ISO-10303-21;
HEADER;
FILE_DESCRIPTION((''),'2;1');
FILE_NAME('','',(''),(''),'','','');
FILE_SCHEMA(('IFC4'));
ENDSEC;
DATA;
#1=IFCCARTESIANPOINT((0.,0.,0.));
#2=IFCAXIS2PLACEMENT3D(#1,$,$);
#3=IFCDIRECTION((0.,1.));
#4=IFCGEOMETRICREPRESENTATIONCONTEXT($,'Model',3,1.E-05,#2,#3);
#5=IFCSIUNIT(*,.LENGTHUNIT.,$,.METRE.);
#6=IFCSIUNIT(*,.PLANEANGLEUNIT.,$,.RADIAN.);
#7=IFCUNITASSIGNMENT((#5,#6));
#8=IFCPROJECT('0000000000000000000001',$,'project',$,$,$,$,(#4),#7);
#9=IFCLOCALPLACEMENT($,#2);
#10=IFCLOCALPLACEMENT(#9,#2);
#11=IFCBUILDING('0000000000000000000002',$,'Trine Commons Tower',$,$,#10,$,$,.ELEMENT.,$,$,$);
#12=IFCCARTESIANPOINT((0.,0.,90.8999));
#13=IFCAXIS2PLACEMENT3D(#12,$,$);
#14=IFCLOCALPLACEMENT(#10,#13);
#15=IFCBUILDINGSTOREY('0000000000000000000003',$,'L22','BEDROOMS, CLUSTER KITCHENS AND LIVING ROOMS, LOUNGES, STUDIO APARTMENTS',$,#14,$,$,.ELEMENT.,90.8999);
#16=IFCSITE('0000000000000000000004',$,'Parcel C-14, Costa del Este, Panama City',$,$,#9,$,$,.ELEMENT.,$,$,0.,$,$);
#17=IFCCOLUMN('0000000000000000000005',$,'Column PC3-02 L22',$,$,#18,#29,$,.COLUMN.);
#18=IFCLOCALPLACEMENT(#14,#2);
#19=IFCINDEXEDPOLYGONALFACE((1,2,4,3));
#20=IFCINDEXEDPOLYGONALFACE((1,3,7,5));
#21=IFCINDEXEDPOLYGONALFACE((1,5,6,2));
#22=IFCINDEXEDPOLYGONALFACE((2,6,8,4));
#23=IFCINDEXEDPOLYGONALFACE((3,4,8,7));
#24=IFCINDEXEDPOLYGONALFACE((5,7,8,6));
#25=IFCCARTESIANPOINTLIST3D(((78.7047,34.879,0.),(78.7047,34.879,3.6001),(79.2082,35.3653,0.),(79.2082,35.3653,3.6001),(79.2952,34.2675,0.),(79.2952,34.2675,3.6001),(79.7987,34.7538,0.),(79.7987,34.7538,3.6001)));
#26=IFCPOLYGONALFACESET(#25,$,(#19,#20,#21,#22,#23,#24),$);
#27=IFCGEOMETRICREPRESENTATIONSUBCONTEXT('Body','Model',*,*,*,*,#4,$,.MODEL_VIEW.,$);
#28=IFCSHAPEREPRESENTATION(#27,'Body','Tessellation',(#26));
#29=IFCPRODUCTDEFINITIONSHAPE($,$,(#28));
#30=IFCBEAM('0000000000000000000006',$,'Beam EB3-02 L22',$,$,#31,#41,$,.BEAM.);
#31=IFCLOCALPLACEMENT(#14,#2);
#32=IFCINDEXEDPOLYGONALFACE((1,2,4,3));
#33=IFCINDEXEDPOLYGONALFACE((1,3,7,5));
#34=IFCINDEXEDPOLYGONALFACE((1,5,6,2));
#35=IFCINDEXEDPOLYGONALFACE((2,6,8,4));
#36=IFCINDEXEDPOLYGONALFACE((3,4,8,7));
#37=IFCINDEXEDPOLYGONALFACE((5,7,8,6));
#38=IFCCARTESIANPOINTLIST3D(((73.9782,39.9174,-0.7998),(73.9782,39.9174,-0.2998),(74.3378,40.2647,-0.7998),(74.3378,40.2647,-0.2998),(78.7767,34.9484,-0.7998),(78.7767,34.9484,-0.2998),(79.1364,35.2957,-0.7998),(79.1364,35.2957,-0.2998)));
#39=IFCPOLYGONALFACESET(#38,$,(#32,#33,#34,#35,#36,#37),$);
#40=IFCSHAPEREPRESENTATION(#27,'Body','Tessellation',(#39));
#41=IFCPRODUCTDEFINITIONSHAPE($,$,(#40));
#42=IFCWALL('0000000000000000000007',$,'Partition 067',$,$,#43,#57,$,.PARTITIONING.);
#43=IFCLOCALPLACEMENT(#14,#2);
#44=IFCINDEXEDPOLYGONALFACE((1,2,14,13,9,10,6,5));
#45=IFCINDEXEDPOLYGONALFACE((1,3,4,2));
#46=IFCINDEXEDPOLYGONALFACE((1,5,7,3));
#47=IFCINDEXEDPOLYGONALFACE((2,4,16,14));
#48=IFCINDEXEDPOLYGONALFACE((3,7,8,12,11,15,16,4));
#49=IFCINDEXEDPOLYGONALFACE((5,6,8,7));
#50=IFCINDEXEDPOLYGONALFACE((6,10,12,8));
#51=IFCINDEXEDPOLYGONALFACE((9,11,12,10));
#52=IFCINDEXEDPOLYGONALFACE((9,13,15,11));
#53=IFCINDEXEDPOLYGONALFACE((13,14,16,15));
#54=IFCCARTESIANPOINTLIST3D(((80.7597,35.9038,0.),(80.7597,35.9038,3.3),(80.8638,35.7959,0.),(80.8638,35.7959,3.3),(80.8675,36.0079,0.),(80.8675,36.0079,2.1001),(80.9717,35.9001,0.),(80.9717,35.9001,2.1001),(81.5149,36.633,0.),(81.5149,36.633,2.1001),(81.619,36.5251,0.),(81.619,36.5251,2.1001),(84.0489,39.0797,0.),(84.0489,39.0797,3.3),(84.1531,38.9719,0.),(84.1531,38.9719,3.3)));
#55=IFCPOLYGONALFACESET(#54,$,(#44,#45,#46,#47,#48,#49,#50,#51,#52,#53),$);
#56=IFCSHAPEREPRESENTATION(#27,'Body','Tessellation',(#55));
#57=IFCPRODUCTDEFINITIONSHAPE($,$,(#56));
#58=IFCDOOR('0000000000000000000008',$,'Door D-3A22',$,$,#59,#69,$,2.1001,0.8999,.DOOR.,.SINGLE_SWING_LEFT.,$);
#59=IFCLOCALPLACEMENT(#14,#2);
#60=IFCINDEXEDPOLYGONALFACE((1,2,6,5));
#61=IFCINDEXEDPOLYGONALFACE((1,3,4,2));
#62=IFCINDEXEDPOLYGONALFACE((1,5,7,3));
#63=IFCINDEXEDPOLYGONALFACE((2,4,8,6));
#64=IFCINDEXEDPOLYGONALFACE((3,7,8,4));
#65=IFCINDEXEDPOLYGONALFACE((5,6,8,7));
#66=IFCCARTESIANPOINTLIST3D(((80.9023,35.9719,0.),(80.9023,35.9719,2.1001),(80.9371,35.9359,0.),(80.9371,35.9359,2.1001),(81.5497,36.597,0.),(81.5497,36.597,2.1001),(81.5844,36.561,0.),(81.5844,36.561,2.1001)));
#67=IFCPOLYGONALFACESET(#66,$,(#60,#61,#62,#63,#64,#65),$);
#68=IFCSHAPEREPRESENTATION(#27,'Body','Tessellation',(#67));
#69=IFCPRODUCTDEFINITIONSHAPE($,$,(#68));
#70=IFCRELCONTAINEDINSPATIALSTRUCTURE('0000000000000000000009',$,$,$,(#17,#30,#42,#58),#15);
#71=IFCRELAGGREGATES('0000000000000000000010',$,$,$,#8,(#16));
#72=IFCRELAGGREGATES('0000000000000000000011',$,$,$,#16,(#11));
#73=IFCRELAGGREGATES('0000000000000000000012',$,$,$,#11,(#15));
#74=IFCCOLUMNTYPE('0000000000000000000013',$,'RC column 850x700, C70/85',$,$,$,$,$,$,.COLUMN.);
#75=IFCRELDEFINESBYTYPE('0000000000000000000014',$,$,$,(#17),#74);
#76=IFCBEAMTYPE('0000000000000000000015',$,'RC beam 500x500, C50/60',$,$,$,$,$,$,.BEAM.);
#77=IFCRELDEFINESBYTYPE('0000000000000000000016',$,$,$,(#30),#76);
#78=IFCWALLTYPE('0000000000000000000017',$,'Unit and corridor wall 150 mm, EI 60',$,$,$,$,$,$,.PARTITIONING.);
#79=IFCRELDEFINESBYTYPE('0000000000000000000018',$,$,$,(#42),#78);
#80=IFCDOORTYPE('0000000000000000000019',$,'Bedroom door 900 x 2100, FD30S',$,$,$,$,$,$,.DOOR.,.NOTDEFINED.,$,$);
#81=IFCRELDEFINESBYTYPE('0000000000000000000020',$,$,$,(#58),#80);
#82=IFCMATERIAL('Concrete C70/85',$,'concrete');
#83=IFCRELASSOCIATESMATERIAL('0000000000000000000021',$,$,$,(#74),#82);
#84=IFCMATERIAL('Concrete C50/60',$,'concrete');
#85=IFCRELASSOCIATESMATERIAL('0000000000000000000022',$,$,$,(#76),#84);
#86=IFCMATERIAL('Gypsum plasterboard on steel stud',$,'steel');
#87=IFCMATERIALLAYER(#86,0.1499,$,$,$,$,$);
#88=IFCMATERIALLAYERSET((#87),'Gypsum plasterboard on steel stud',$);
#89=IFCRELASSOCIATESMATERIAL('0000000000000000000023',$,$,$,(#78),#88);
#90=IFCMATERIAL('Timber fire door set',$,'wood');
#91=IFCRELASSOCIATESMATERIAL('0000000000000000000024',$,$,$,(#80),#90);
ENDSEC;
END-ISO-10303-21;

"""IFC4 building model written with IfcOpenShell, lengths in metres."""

from ifc_helpers import new_model, si_unit, direction, frame, frame_2d, origin, origin_2d, place, context, subcontext, project, spatial, rectangle, extrude, material, layer, layer_set, material_profile, profile_set, type_object, element, fill, save


model = new_model("IFC4")

# Units and contexts
model_context = context("Model", 3, precision=1e-05, world=origin(), true_north=direction((0.0, 1.0)))
body_context = subcontext(model_context, "Body", "Model", "MODEL_VIEW")
ifc_project = project(units=[si_unit("LENGTHUNIT", "METRE"), si_unit("PLANEANGLEUNIT", "RADIAN")], contexts=[model_context])

# Site, building, storey
site_placement = place(None, origin())
site = spatial("IfcSite", under=ifc_project, at=site_placement, Name="Parcel C-14, Costa del Este, Panama City", CompositionType="ELEMENT", RefElevation=0.0)
building_placement = place(site_placement, origin())
building = spatial("IfcBuilding", under=site, at=building_placement, Name="Trine Commons Tower", CompositionType="ELEMENT")
storey_placement = place(building_placement, frame((0.0, 0.0, 90.8999)))
storey = spatial("IfcBuildingStorey", under=building, at=storey_placement, Name="L22", Description="BEDROOMS, CLUSTER KITCHENS AND LIVING ROOMS, LOUNGES, STUDIO APARTMENTS", CompositionType="ELEMENT", Elevation=90.8999)

# Column
ifc_material_1 = material(Name="Concrete C70/85", Category="concrete")
ifc_material_profile_1 = material_profile(ifc_material_1, rectangle(XDim=0.8501, YDim=0.7, at=origin_2d()), Name="RC 850x700")
ifc_profile_set_1 = profile_set([ifc_material_profile_1], Name="Concrete C70/85")
column_type = type_object("IfcColumnType", Name="RC column 850x700, C70/85", PredefinedType="COLUMN", material=ifc_profile_set_1)
column_placement = place(storey_placement, frame((79.2517, 34.8164, 0.0), z_axis=(0.0, 0.0, 1.0), x_axis=(-0.694658, 0.71934, 0.0)))
element("IfcColumn", 1, at=column_placement, inside=storey, type_object=column_type, Name="Column PC3-02 L22", PredefinedType="COLUMN", context=body_context, shape_type="SweptSolid", body=[
    extrude(rectangle(XDim=0.8501, YDim=0.7, at=origin_2d()), origin(), (0.0, 0.0, 1.0), 3.6001),
])

# Beam
ifc_material_2 = material(Name="Concrete C50/60", Category="concrete")
ifc_material_profile_2 = material_profile(ifc_material_2, rectangle(XDim=0.5, YDim=0.5, at=origin_2d()), Name="RC 500x500")
ifc_profile_set_2 = profile_set([ifc_material_profile_2], Name="Concrete C50/60")
beam_type = type_object("IfcBeamType", Name="RC beam 500x500, C50/60", PredefinedType="BEAM", material=ifc_profile_set_2)
beam_placement = place(storey_placement, frame((78.9565, 35.1221, -0.5498), z_axis=(-0.694665, 0.719334, 0.0), x_axis=(-0.719334, -0.694665, 0.0)))
element("IfcBeam", 2, at=beam_placement, inside=storey, type_object=beam_type, Name="Beam EB3-02 L22", PredefinedType="BEAM", context=body_context, shape_type="SweptSolid", body=[
    extrude(rectangle(XDim=0.5, YDim=0.5, at=origin_2d()), origin(), (0.0, 0.0, 1.0), 6.9077),
])

# Wall, opening, door
ifc_material_3 = material(Name="Gypsum plasterboard on steel stud", Category="steel")
ifc_layer_1 = layer(ifc_material_3, 0.1499)
ifc_layer_set_1 = layer_set([ifc_layer_1], Name="Gypsum plasterboard on steel stud")
wall_type_1 = type_object("IfcWallType", Name="Unit and corridor wall 150 mm, EI 60", PredefinedType="PARTITIONING", material=ifc_layer_set_1)
wall_1_placement = place(storey_placement, frame((80.8118, 35.8499, 0.0), z_axis=(0.0, 0.0, 1.0), x_axis=(0.719386, 0.694611, 0.0)))
wall_1 = element("IfcWall", 3, at=wall_1_placement, inside=storey, type_object=wall_type_1, Name="Partition 067", PredefinedType="PARTITIONING", context=body_context, shape_type="SweptSolid", body=[
    extrude(rectangle(XDim=4.5723, YDim=0.1499, at=frame_2d((2.2861, 0.0))), origin(), (0.0, 0.0, 1.0), 3.3),
])
opening_1_placement = place(wall_1_placement, frame((0.1499, 0.0, 0.0)))
opening_1 = element("IfcOpeningElement", 4, at=opening_1_placement, cuts=wall_1, PredefinedType="OPENING", context=body_context, shape_type="SweptSolid", body=[
    extrude(rectangle(XDim=0.8999, YDim=2.1001, at=frame_2d((0.45, 1.05))), frame((0.0, 0.085, 0.0), z_axis=(0.0, -1.0, 0.0), x_axis=(1.0, 0.0, 0.0)), (0.0, 0.0, 1.0), 0.1699),
])
ifc_material_4 = material(Name="Timber fire door set", Category="wood")
door_type_1 = type_object("IfcDoorType", Name="Bedroom door 900 x 2100, FD30S", OperationType="NOTDEFINED", PredefinedType="DOOR", material=ifc_material_4)
door_1_placement = place(opening_1_placement, origin())
door_1 = element("IfcDoor", 5, at=door_1_placement, inside=storey, type_object=door_type_1, Name="Door D-3A22", OperationType="SINGLE_SWING_LEFT", OverallHeight=2.1001, OverallWidth=0.8999, PredefinedType="DOOR", context=body_context, shape_type="SweptSolid", body=[
    extrude(rectangle(XDim=0.8999, YDim=2.1001, at=frame_2d((0.45, 1.05))), frame((0.0, 0.0249, 0.0), z_axis=(0.0, -1.0, 0.0), x_axis=(1.0, 0.0, 0.0)), (0.0, 0.0, 1.0), 0.05),
])
fill(opening_1, door_1)

save(model, "model.ifc")
